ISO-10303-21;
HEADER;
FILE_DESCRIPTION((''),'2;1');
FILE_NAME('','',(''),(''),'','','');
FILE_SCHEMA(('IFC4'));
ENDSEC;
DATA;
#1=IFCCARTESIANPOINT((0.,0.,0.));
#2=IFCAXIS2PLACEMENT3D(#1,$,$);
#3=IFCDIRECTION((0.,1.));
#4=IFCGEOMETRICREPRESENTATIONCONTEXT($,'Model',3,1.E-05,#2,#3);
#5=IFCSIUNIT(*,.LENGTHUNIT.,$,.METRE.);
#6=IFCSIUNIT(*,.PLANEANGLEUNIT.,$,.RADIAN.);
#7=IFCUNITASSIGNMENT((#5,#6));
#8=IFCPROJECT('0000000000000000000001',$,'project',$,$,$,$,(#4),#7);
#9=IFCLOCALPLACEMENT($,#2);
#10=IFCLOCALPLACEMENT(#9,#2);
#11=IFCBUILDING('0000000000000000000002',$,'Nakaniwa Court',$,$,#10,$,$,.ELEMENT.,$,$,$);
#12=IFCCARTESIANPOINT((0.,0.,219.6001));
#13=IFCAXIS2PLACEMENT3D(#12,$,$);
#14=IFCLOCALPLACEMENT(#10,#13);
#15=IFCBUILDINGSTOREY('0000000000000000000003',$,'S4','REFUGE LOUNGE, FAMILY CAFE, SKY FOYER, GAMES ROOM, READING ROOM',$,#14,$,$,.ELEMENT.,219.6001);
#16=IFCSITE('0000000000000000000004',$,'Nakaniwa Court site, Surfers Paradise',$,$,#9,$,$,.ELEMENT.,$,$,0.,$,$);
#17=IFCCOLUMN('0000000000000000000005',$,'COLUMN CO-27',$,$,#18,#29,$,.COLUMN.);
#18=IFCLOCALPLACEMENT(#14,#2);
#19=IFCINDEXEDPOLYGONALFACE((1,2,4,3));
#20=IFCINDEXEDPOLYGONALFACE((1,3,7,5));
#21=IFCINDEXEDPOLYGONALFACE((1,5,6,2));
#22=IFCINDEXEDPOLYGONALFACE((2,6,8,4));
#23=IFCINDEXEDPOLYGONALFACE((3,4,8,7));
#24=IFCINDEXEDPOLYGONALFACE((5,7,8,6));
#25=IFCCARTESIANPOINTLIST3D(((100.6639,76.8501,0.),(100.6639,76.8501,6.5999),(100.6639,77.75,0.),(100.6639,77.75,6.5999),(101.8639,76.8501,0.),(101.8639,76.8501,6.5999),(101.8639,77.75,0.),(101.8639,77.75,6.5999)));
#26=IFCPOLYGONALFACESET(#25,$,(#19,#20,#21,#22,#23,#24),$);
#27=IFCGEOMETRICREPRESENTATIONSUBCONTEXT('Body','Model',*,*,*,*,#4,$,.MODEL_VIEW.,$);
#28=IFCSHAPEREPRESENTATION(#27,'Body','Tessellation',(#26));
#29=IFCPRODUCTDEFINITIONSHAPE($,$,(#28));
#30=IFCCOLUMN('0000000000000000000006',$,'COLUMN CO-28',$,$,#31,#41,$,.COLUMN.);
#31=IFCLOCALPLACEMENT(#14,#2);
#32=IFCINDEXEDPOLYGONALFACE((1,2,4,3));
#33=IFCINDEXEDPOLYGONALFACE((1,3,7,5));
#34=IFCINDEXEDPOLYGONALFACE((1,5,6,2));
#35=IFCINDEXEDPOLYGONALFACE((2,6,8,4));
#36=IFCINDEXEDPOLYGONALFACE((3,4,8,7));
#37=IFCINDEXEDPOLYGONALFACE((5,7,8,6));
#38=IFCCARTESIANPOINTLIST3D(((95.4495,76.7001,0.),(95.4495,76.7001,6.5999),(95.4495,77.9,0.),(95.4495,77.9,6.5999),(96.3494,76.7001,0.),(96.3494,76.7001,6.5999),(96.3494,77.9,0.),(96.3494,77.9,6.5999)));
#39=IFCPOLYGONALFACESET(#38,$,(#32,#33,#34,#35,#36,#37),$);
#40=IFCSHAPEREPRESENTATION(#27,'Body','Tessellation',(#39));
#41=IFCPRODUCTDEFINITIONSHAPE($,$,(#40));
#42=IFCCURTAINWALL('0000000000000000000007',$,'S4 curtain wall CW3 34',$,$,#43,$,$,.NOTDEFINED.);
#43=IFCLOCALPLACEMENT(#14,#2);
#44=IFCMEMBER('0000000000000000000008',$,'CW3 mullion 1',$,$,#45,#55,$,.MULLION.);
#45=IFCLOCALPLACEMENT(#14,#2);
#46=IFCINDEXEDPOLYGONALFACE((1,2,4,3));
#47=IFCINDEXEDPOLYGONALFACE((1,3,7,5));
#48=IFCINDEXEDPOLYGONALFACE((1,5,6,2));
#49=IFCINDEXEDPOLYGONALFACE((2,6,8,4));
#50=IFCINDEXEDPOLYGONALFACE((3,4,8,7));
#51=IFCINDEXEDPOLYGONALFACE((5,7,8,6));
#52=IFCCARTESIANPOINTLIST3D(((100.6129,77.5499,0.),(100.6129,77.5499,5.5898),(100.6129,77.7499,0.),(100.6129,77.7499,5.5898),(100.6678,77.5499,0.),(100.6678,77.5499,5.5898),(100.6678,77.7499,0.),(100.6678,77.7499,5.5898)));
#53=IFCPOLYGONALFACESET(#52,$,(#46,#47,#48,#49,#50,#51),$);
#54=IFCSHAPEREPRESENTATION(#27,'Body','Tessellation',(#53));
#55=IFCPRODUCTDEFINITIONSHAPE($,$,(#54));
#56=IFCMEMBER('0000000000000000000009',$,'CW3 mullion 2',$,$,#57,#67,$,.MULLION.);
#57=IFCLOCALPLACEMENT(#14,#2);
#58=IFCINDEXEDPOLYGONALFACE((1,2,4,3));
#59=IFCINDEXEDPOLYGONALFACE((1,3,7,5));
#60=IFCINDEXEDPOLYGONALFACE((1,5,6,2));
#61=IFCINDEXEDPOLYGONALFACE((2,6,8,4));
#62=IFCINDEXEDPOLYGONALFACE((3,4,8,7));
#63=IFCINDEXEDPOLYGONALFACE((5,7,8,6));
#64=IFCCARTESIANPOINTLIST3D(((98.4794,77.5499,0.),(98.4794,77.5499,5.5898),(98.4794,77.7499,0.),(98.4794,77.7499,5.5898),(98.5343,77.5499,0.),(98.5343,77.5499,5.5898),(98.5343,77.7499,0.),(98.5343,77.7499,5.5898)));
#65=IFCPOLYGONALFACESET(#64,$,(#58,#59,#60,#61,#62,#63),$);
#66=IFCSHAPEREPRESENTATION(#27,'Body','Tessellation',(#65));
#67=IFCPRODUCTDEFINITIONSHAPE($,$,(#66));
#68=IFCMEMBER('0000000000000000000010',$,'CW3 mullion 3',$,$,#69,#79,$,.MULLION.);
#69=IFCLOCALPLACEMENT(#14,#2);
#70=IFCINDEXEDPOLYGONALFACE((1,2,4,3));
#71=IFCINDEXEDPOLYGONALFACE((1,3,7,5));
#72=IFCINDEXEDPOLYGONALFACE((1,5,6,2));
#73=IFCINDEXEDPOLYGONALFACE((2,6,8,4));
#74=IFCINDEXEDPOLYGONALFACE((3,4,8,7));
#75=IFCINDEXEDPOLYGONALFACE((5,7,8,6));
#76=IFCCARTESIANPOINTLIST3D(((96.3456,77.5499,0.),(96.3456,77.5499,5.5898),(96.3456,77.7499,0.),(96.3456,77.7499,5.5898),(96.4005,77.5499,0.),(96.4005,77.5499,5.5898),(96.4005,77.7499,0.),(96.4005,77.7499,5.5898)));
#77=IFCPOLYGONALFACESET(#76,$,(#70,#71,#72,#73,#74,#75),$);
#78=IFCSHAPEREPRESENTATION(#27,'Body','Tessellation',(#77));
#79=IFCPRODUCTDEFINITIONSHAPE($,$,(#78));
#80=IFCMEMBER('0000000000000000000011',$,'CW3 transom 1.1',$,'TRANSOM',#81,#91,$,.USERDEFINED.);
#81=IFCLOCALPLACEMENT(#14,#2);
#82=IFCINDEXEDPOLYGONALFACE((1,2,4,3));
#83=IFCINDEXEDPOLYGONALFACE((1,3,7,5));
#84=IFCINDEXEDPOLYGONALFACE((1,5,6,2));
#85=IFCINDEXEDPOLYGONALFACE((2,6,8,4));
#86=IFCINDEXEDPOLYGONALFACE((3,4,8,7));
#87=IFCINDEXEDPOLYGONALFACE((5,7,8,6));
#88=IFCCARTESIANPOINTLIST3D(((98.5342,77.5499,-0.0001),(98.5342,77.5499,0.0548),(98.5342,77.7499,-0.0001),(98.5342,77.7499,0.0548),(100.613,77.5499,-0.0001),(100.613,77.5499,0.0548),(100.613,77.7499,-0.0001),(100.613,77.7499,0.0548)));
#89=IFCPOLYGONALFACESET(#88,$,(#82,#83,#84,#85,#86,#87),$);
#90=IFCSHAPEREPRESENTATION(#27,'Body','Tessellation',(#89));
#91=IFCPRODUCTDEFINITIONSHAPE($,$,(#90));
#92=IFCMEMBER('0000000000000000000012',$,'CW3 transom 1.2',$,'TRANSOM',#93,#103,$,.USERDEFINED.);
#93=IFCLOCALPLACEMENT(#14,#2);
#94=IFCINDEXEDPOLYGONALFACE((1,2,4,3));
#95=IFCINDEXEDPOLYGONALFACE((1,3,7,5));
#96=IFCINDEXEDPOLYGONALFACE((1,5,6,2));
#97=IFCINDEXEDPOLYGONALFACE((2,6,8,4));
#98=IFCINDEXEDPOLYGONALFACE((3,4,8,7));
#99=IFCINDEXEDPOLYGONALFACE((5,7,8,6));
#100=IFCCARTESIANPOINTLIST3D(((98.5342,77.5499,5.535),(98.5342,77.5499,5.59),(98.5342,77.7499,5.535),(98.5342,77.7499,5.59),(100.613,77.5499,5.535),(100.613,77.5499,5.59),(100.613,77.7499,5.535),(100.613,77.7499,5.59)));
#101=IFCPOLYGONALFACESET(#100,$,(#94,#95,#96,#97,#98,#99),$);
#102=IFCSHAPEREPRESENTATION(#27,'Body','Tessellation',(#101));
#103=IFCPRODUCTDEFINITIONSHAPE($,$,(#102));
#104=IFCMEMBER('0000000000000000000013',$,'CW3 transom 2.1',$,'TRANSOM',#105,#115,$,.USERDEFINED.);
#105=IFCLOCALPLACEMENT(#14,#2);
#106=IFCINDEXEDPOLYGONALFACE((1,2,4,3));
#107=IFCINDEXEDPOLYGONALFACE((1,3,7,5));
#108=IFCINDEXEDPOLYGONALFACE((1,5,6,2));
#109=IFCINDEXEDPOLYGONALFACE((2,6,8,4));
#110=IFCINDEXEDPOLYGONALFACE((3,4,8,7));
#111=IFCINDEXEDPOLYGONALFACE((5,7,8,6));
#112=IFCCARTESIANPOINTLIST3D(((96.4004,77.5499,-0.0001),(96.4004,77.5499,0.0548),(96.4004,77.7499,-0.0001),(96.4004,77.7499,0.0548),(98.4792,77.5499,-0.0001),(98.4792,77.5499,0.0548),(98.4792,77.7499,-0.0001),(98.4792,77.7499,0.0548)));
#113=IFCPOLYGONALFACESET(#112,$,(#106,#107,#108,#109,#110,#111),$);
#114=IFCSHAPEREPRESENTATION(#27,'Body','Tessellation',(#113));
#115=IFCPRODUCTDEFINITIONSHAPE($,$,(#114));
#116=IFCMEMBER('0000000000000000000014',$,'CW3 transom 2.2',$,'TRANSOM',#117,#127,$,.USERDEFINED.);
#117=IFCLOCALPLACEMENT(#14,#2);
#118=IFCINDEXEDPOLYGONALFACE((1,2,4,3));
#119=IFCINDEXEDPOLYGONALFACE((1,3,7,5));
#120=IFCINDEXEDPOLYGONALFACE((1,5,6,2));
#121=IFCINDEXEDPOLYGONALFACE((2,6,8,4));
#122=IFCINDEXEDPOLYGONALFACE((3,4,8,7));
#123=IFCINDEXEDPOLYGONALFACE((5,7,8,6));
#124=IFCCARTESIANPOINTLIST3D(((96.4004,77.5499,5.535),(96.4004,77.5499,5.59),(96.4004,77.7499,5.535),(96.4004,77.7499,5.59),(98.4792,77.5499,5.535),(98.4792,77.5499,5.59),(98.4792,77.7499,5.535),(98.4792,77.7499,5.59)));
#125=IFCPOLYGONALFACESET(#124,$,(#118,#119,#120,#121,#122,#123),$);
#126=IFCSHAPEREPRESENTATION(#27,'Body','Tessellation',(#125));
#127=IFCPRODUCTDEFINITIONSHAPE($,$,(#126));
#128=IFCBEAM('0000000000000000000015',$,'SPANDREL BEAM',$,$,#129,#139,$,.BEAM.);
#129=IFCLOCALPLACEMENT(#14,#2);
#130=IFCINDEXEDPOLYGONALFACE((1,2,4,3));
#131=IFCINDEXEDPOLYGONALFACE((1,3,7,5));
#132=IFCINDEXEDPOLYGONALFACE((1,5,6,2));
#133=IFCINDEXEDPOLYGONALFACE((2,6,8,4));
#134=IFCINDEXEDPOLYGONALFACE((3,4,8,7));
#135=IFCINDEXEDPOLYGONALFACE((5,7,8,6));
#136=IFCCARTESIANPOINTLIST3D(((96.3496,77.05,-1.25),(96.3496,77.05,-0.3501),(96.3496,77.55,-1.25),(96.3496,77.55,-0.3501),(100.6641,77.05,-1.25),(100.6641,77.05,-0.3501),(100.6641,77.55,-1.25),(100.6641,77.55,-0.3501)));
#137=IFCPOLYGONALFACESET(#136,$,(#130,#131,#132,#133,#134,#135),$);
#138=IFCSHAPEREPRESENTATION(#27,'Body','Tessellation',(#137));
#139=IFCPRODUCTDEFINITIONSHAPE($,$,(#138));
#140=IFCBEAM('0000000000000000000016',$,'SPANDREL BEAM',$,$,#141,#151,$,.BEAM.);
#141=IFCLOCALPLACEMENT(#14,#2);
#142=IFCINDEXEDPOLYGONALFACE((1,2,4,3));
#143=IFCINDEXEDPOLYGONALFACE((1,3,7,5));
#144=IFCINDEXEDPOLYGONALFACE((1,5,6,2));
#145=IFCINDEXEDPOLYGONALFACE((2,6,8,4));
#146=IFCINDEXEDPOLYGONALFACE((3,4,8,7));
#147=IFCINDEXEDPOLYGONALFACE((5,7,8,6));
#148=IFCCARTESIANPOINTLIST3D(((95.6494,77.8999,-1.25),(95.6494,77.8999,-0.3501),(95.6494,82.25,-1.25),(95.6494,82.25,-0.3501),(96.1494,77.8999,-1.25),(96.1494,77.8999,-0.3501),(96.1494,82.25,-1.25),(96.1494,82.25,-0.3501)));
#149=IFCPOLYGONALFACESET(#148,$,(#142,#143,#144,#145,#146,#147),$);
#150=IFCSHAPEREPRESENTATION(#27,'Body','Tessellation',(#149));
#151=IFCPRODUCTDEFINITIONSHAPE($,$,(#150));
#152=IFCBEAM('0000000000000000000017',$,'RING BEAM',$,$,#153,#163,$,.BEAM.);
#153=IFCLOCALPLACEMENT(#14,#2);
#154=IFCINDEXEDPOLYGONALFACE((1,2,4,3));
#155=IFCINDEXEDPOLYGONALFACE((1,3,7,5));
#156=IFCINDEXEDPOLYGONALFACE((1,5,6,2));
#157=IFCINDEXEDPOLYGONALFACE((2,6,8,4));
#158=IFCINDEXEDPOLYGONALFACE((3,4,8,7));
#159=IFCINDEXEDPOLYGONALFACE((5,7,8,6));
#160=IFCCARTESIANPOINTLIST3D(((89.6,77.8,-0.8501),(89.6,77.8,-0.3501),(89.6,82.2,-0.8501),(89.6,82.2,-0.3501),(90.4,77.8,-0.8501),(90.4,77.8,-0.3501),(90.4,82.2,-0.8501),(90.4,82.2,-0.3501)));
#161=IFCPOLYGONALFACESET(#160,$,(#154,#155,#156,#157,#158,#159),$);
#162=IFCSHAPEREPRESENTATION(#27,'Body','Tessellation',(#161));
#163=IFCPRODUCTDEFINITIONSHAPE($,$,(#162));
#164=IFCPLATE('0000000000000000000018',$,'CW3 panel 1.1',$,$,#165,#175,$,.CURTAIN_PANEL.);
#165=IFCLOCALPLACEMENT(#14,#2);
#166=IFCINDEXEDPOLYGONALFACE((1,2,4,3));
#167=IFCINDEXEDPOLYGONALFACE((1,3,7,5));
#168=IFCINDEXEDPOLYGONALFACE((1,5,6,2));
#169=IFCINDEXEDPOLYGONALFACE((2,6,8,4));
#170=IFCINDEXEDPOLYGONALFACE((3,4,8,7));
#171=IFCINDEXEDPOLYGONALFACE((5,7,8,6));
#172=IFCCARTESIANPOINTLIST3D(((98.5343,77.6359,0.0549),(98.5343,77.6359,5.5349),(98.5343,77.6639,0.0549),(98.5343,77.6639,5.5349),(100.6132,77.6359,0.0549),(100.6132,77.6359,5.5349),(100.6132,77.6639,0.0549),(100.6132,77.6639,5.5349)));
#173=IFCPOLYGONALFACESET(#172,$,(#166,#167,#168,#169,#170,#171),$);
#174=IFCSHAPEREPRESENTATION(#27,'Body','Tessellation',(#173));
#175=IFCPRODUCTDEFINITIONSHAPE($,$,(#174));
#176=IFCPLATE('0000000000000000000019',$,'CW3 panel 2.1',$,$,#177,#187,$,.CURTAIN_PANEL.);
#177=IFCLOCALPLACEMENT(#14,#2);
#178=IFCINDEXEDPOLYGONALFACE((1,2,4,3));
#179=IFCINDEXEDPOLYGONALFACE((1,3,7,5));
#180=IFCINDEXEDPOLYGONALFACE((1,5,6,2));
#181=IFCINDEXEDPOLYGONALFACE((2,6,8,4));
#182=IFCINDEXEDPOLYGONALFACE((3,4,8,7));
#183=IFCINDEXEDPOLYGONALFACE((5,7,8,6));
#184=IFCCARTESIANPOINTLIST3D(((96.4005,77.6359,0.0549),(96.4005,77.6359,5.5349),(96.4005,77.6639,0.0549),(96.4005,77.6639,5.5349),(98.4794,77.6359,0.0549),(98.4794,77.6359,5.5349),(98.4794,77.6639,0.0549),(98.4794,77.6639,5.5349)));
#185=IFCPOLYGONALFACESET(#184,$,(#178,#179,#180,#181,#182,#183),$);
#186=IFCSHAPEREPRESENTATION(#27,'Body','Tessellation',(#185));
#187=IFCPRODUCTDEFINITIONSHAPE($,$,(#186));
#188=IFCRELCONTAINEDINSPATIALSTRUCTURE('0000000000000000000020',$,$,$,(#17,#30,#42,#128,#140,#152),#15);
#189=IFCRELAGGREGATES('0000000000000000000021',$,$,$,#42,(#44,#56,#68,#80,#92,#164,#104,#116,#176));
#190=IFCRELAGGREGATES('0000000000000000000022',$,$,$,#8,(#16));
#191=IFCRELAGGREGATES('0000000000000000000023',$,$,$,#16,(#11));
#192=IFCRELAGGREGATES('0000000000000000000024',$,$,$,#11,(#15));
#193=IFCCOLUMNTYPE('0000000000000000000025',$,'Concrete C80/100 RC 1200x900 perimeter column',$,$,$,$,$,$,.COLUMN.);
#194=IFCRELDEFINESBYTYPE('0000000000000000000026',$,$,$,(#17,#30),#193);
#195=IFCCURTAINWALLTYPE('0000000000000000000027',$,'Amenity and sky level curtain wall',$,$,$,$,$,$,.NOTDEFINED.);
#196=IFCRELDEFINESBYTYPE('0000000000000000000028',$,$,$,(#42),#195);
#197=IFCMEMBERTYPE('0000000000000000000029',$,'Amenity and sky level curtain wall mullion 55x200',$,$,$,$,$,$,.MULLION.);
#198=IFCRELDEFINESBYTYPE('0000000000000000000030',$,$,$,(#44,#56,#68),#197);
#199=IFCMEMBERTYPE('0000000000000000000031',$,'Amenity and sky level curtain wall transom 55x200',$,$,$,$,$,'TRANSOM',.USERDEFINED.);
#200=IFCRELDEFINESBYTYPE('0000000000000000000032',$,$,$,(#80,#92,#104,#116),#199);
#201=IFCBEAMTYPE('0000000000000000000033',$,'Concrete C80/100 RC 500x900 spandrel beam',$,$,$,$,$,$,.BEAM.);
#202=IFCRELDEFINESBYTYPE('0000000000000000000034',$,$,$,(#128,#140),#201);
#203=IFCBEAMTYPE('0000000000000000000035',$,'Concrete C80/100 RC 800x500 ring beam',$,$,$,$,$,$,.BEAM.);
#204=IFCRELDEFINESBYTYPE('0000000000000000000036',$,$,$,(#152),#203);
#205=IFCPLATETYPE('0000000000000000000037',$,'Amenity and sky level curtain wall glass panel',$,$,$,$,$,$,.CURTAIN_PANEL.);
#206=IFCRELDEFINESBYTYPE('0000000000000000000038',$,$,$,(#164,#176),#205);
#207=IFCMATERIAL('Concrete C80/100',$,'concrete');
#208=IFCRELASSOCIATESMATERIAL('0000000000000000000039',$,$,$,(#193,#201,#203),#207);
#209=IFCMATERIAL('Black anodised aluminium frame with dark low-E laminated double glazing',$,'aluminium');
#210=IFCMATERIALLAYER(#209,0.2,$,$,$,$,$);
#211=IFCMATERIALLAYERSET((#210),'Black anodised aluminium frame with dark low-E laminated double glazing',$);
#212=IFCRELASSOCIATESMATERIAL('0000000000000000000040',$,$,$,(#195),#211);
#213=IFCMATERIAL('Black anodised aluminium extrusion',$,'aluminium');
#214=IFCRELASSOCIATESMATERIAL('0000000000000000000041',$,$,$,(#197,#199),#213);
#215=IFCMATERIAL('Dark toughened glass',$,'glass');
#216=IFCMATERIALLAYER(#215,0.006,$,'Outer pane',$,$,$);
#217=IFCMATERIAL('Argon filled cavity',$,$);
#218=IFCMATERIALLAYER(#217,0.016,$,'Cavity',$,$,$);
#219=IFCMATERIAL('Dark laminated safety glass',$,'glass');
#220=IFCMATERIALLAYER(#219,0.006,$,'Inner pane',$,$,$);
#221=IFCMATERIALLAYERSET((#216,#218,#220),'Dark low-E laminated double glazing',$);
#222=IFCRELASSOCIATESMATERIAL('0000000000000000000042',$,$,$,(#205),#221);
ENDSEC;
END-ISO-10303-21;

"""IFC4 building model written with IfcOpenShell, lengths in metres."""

from ifc_helpers import new_model, si_unit, direction, frame, origin, origin_2d, place, context, subcontext, project, spatial, rectangle, extrude, material, layer, layer_set, material_profile, profile_set, type_object, element, aggregate, save


model = new_model("IFC4")

# Units and contexts
model_context = context("Model", 3, precision=1e-05, world=origin(), true_north=direction((0.0, 1.0)))
body_context = subcontext(model_context, "Body", "Model", "MODEL_VIEW")
ifc_project = project(units=[si_unit("LENGTHUNIT", "METRE"), si_unit("PLANEANGLEUNIT", "RADIAN")], contexts=[model_context])

# Site, building, storey
site_placement = place(None, origin())
site = spatial("IfcSite", under=ifc_project, at=site_placement, Name="Nakaniwa Court site, Surfers Paradise", CompositionType="ELEMENT", RefElevation=0.0)
building_placement = place(site_placement, origin())
building = spatial("IfcBuilding", under=site, at=building_placement, Name="Nakaniwa Court", CompositionType="ELEMENT")
storey_placement = place(building_placement, frame((0.0, 0.0, 219.6001)))
storey = spatial("IfcBuildingStorey", under=building, at=storey_placement, Name="S4", Description="REFUGE LOUNGE, FAMILY CAFE, SKY FOYER, GAMES ROOM, READING ROOM", CompositionType="ELEMENT", Elevation=219.6001)

# Columns
ifc_material_1 = material(Name="Concrete C80/100", Category="concrete")
ifc_material_profile_1 = material_profile(ifc_material_1, rectangle(XDim=1.2, YDim=0.8999, at=origin_2d()), Name="Concrete C80/100 RC 1200x900 perimeter column")
ifc_profile_set_1 = profile_set([ifc_material_profile_1], Name="Concrete C80/100")
column_type = type_object("IfcColumnType", Name="Concrete C80/100 RC 1200x900 perimeter column", PredefinedType="COLUMN", material=ifc_profile_set_1)
for number, where, z_axis, x_axis, name in (
    (1, (101.2639, 77.3, 0.0), (0.0, 0.0, 1.0), (-1.0, 0.0, 0.0), "COLUMN CO-27"),
    (2, (95.8994, 77.3, 0.0), (0.0, 0.0, 1.0), (0.0, 1.0, 0.0), "COLUMN CO-28"),
):
    element("IfcColumn", number, at=place(storey_placement, frame(where, z_axis=z_axis, x_axis=x_axis)), inside=storey, type_object=column_type, Name=name, PredefinedType="COLUMN", context=body_context, shape_type="SweptSolid", body=[
        extrude(rectangle(XDim=1.2, YDim=0.8999, at=origin_2d()), origin(), (0.0, 0.0, 1.0), 6.5999),
    ])

# Curtain wall, members
ifc_material_2 = material(Name="Black anodised aluminium frame with dark low-E laminated double glazing", Category="aluminium")
ifc_layer_1 = layer(ifc_material_2, 0.2)
ifc_layer_set_1 = layer_set([ifc_layer_1], Name="Black anodised aluminium frame with dark low-E laminated double glazing")
curtain_wall_type = type_object("IfcCurtainWallType", Name="Amenity and sky level curtain wall", PredefinedType="NOTDEFINED", material=ifc_layer_set_1)
curtain_wall_placement = place(storey_placement, origin())
curtain_wall = element("IfcCurtainWall", 3, at=curtain_wall_placement, inside=storey, type_object=curtain_wall_type, Name="S4 curtain wall CW3 34", PredefinedType="NOTDEFINED")
ifc_material_3 = material(Name="Black anodised aluminium extrusion", Category="aluminium")
ifc_material_profile_2 = material_profile(ifc_material_3, rectangle(XDim=0.2, YDim=0.0549, at=origin_2d()), Name="Amenity and sky level curtain wall mullion 55x200")
ifc_profile_set_2 = profile_set([ifc_material_profile_2], Name="Black anodised aluminium extrusion")
member_type_1 = type_object("IfcMemberType", Name="Amenity and sky level curtain wall mullion 55x200", PredefinedType="MULLION", material=ifc_profile_set_2)
member_1_placement = place(storey_placement, frame((100.6404, 77.6499, 0.0), z_axis=(0.0, 0.0, 1.0), x_axis=(0.0, -1.0, 0.0)))
member_1 = element("IfcMember", 4, at=member_1_placement, type_object=member_type_1, Name="CW3 mullion 1", PredefinedType="MULLION", context=body_context, shape_type="SweptSolid", body=[
    extrude(rectangle(XDim=0.2, YDim=0.0549, at=origin_2d()), origin(), (0.0, 0.0, 1.0), 5.5898),
])
member_2_placement = place(storey_placement, frame((98.5068, 77.6499, 0.0), z_axis=(0.0, 0.0, 1.0), x_axis=(0.0, -1.0, 0.0)))
member_2 = element("IfcMember", 5, at=member_2_placement, type_object=member_type_1, Name="CW3 mullion 2", PredefinedType="MULLION", context=body_context, shape_type="SweptSolid", body=[
    extrude(rectangle(XDim=0.2, YDim=0.0549, at=origin_2d()), origin(), (0.0, 0.0, 1.0), 5.5898),
])
member_3_placement = place(storey_placement, frame((96.373, 77.6499, 0.0), z_axis=(0.0, 0.0, 1.0), x_axis=(0.0, -1.0, 0.0)))
member_3 = element("IfcMember", 6, at=member_3_placement, type_object=member_type_1, Name="CW3 mullion 3", PredefinedType="MULLION", context=body_context, shape_type="SweptSolid", body=[
    extrude(rectangle(XDim=0.2, YDim=0.0549, at=origin_2d()), origin(), (0.0, 0.0, 1.0), 5.5898),
])
ifc_material_profile_3 = material_profile(ifc_material_3, rectangle(XDim=0.2, YDim=0.0549, at=origin_2d()), Name="Amenity and sky level curtain wall transom 55x200")
ifc_profile_set_3 = profile_set([ifc_material_profile_3], Name="Black anodised aluminium extrusion")
member_type_2 = type_object("IfcMemberType", Name="Amenity and sky level curtain wall transom 55x200", ElementType="TRANSOM", PredefinedType="USERDEFINED", material=ifc_profile_set_3)
member_4_placement = place(storey_placement, frame((100.613, 77.6499, 0.0273), z_axis=(-1.0, 0.0, 0.0), x_axis=(0.0, -1.0, 0.0)))
member_4 = element("IfcMember", 7, at=member_4_placement, type_object=member_type_2, Name="CW3 transom 1.1", ObjectType="TRANSOM", PredefinedType="USERDEFINED", context=body_context, shape_type="SweptSolid", body=[
    extrude(rectangle(XDim=0.2, YDim=0.0549, at=origin_2d()), origin(), (0.0, 0.0, 1.0), 2.0789),
])
member_5_placement = place(storey_placement, frame((100.613, 77.6499, 5.5625), z_axis=(-1.0, 0.0, 0.0), x_axis=(0.0, -1.0, 0.0)))
member_5 = element("IfcMember", 8, at=member_5_placement, type_object=member_type_2, Name="CW3 transom 1.2", ObjectType="TRANSOM", PredefinedType="USERDEFINED", context=body_context, shape_type="SweptSolid", body=[
    extrude(rectangle(XDim=0.2, YDim=0.0549, at=origin_2d()), origin(), (0.0, 0.0, 1.0), 2.0789),
])
member_6_placement = place(storey_placement, frame((98.4792, 77.6499, 0.0273), z_axis=(-1.0, 0.0, 0.0), x_axis=(0.0, -1.0, 0.0)))
member_6 = element("IfcMember", 9, at=member_6_placement, type_object=member_type_2, Name="CW3 transom 2.1", ObjectType="TRANSOM", PredefinedType="USERDEFINED", context=body_context, shape_type="SweptSolid", body=[
    extrude(rectangle(XDim=0.2, YDim=0.0549, at=origin_2d()), origin(), (0.0, 0.0, 1.0), 2.0789),
])
member_7_placement = place(storey_placement, frame((98.4792, 77.6499, 5.5625), z_axis=(-1.0, 0.0, 0.0), x_axis=(0.0, -1.0, 0.0)))
member_7 = element("IfcMember", 10, at=member_7_placement, type_object=member_type_2, Name="CW3 transom 2.2", ObjectType="TRANSOM", PredefinedType="USERDEFINED", context=body_context, shape_type="SweptSolid", body=[
    extrude(rectangle(XDim=0.2, YDim=0.0549, at=origin_2d()), origin(), (0.0, 0.0, 1.0), 2.0789),
])

# Beams
ifc_material_profile_4 = material_profile(ifc_material_1, rectangle(XDim=0.5, YDim=0.8999, at=origin_2d()), Name="Concrete C80/100 RC 500x900 spandrel beam")
ifc_profile_set_4 = profile_set([ifc_material_profile_4], Name="Concrete C80/100")
beam_type_1 = type_object("IfcBeamType", Name="Concrete C80/100 RC 500x900 spandrel beam", PredefinedType="BEAM", material=ifc_profile_set_4)
beam_1_placement = place(storey_placement, frame((100.6641, 77.3, -0.8), z_axis=(-1.0, 0.0, 0.0), x_axis=(0.0, -1.0, 0.0)))
element("IfcBeam", 11, at=beam_1_placement, inside=storey, type_object=beam_type_1, Name="SPANDREL BEAM", PredefinedType="BEAM", context=body_context, shape_type="SweptSolid", body=[
    extrude(rectangle(XDim=0.5, YDim=0.8999, at=origin_2d()), origin(), (0.0, 0.0, 1.0), 4.3145),
])
beam_2_placement = place(storey_placement, frame((95.8994, 77.8999, -0.8), z_axis=(0.0, 1.0, 0.0), x_axis=(-1.0, 0.0, 0.0)))
element("IfcBeam", 12, at=beam_2_placement, inside=storey, type_object=beam_type_1, Name="SPANDREL BEAM", PredefinedType="BEAM", context=body_context, shape_type="SweptSolid", body=[
    extrude(rectangle(XDim=0.5, YDim=0.8999, at=origin_2d()), origin(), (0.0, 0.0, 1.0), 4.3501),
])
ifc_material_profile_5 = material_profile(ifc_material_1, rectangle(XDim=0.8, YDim=0.5, at=origin_2d()), Name="Concrete C80/100 RC 800x500 ring beam")
ifc_profile_set_5 = profile_set([ifc_material_profile_5], Name="Concrete C80/100")
beam_type_2 = type_object("IfcBeamType", Name="Concrete C80/100 RC 800x500 ring beam", PredefinedType="BEAM", material=ifc_profile_set_5)
beam_3_placement = place(storey_placement, frame((90.0, 77.8, -0.6001), z_axis=(0.0, 1.0, 0.0), x_axis=(-1.0, 0.0, 0.0)))
element("IfcBeam", 13, at=beam_3_placement, inside=storey, type_object=beam_type_2, Name="RING BEAM", PredefinedType="BEAM", context=body_context, shape_type="SweptSolid", body=[
    extrude(rectangle(XDim=0.8, YDim=0.5, at=origin_2d()), origin(), (0.0, 0.0, 1.0), 4.3999),
])

# Plates
ifc_material_4 = material(Name="Dark toughened glass", Category="glass")
ifc_layer_2 = layer(ifc_material_4, 0.006, Name="Outer pane")
ifc_material_5 = material(Name="Argon filled cavity")
ifc_layer_3 = layer(ifc_material_5, 0.016, Name="Cavity")
ifc_material_6 = material(Name="Dark laminated safety glass", Category="glass")
ifc_layer_4 = layer(ifc_material_6, 0.006, Name="Inner pane")
ifc_layer_set_2 = layer_set([ifc_layer_2, ifc_layer_3, ifc_layer_4], Name="Dark low-E laminated double glazing")
plate_type = type_object("IfcPlateType", Name="Amenity and sky level curtain wall glass panel", PredefinedType="CURTAIN_PANEL", material=ifc_layer_set_2)
plate_1_placement = place(storey_placement, frame((99.5737, 77.6499, 0.0549), z_axis=(0.0, 0.0, 1.0), x_axis=(-1.0, 0.0, 0.0)))
plate_1 = element("IfcPlate", 14, at=plate_1_placement, type_object=plate_type, Name="CW3 panel 1.1", PredefinedType="CURTAIN_PANEL", context=body_context, shape_type="SweptSolid", body=[
    extrude(rectangle(XDim=2.0789, YDim=0.0281, at=origin_2d()), origin(), (0.0, 0.0, 1.0), 5.48),
])
plate_2_placement = place(storey_placement, frame((97.4399, 77.6499, 0.0549), z_axis=(0.0, 0.0, 1.0), x_axis=(-1.0, 0.0, 0.0)))
plate_2 = element("IfcPlate", 15, at=plate_2_placement, type_object=plate_type, Name="CW3 panel 2.1", PredefinedType="CURTAIN_PANEL", context=body_context, shape_type="SweptSolid", body=[
    extrude(rectangle(XDim=2.0789, YDim=0.0281, at=origin_2d()), origin(), (0.0, 0.0, 1.0), 5.48),
])
aggregate(curtain_wall, [member_1, member_2, member_3, member_4, member_5, plate_1, member_6, member_7, plate_2])

save(model, "model.ifc")
